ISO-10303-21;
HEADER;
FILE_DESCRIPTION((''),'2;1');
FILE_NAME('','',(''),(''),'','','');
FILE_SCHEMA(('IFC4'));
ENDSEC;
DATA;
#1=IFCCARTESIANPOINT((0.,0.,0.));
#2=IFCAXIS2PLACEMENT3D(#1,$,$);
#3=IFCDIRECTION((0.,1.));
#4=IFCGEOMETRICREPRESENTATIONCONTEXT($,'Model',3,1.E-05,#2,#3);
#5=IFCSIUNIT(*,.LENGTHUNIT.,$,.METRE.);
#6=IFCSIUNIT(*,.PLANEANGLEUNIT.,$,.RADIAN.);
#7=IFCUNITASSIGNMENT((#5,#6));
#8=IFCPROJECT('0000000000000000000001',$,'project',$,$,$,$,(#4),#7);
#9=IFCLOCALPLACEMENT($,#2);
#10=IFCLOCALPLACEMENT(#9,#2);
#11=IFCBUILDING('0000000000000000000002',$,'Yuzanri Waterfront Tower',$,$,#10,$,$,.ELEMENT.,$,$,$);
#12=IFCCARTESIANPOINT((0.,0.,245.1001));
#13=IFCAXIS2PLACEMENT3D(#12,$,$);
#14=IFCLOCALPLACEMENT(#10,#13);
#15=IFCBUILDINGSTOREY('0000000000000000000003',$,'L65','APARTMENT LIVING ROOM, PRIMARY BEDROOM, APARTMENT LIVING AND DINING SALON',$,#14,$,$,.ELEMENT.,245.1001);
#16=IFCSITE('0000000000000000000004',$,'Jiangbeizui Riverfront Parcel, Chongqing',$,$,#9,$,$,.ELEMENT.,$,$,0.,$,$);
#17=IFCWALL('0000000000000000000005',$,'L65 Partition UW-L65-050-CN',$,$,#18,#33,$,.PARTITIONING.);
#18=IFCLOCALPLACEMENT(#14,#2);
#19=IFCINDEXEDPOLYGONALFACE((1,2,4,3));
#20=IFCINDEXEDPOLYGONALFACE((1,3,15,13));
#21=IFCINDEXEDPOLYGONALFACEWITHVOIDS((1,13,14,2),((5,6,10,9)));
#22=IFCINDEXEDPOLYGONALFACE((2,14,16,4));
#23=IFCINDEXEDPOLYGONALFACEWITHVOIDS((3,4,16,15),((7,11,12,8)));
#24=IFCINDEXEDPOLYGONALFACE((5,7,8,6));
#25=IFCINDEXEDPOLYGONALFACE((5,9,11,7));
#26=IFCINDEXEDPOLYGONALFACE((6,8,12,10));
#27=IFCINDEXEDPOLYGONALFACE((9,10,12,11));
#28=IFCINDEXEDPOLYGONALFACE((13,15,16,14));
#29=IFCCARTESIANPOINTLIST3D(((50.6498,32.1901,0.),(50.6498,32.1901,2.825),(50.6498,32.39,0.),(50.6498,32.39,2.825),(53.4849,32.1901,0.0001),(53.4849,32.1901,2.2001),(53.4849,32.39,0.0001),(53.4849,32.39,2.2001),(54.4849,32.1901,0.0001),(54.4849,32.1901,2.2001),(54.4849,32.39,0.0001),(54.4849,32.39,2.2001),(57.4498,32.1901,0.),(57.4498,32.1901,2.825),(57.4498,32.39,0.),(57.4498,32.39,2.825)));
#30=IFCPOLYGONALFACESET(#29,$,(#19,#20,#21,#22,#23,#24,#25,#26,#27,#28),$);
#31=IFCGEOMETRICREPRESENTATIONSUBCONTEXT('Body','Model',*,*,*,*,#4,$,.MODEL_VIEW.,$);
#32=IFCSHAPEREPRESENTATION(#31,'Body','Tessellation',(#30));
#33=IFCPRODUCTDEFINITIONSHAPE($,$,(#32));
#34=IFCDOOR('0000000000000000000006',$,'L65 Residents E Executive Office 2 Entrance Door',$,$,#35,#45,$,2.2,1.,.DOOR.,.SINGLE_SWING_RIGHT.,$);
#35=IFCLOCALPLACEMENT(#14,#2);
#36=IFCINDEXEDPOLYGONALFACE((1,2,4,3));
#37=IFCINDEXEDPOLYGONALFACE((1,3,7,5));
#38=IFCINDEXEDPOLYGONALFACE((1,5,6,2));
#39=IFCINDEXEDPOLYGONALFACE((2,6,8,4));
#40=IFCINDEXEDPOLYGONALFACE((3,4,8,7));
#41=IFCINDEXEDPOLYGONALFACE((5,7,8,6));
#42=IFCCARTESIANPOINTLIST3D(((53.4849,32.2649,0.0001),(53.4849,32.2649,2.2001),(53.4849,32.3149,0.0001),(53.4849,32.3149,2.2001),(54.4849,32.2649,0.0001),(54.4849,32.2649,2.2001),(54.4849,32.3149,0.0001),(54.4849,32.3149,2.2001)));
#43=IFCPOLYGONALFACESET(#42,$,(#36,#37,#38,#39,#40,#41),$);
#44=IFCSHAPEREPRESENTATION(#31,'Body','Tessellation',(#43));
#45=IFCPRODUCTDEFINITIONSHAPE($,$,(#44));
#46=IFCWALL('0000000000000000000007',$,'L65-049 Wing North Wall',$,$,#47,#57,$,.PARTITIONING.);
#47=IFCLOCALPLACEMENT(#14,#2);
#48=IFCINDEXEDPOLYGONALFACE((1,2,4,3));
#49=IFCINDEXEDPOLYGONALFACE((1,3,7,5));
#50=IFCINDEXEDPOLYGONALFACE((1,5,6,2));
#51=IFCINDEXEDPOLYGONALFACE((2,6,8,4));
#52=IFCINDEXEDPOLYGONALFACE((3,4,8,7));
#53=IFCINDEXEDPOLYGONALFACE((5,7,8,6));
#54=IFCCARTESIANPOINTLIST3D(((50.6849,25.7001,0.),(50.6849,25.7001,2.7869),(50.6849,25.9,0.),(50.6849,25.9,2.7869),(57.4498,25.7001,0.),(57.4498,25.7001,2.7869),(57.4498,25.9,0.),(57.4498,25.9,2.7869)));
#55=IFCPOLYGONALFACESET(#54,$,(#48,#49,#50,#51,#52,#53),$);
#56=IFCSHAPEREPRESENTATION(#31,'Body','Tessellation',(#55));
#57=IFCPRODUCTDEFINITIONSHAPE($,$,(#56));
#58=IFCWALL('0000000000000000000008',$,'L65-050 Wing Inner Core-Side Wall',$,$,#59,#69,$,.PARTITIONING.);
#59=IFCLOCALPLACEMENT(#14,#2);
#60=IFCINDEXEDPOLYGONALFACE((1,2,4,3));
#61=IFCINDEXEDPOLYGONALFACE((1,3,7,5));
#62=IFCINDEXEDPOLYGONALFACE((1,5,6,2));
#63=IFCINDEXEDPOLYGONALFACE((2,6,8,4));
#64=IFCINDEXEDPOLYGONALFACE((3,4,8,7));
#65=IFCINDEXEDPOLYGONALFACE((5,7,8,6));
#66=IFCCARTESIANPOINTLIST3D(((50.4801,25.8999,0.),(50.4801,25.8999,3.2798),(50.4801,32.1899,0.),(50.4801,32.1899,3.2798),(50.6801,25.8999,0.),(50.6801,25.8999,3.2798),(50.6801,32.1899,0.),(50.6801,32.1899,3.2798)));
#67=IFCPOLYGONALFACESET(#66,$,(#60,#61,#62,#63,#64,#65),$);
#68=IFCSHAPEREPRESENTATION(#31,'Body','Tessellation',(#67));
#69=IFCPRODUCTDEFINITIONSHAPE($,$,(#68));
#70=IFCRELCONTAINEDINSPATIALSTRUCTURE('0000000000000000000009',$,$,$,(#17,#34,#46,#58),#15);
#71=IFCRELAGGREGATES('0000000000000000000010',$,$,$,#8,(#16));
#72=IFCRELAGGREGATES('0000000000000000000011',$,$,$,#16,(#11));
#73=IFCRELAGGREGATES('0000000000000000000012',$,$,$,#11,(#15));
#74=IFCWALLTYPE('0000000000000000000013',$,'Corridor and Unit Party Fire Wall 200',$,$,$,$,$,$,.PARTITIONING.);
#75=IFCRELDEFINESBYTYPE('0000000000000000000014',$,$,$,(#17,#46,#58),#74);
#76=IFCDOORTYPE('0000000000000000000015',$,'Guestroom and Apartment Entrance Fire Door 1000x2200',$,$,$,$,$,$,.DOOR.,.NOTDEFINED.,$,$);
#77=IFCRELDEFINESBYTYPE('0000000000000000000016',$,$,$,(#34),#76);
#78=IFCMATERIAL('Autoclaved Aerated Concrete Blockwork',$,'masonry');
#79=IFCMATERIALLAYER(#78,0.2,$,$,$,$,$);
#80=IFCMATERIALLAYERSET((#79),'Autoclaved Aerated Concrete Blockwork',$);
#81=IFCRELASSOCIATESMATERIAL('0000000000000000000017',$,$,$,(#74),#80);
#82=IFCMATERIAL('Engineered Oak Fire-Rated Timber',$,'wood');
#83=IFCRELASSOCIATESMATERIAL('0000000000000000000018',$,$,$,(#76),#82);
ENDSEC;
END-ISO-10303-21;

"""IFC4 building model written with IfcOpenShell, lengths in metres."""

from ifc_helpers import new_model, si_unit, direction, frame, frame_2d, origin, place, context, subcontext, project, spatial, rectangle, extrude, source, transform, mapped, material, layer, layer_set, type_object, element, fill, save


model = new_model("IFC4")

# Units and contexts
model_context = context("Model", 3, precision=1e-05, world=origin(), true_north=direction((0.0, 1.0)))
body_context = subcontext(model_context, "Body", "Model", "MODEL_VIEW")
ifc_project = project(units=[si_unit("LENGTHUNIT", "METRE"), si_unit("PLANEANGLEUNIT", "RADIAN")], contexts=[model_context])

# Site, building, storey
site_placement = place(None, origin())
site = spatial("IfcSite", under=ifc_project, at=site_placement, Name="Jiangbeizui Riverfront Parcel, Chongqing", CompositionType="ELEMENT", RefElevation=0.0)
building_placement = place(site_placement, origin())
building = spatial("IfcBuilding", under=site, at=building_placement, Name="Yuzanri Waterfront Tower", CompositionType="ELEMENT")
storey_placement = place(building_placement, frame((0.0, 0.0, 245.1001)))
storey = spatial("IfcBuildingStorey", under=building, at=storey_placement, Name="L65", Description="APARTMENT LIVING ROOM, PRIMARY BEDROOM, APARTMENT LIVING AND DINING SALON", CompositionType="ELEMENT", Elevation=245.1001)

# Wall, opening, door
ifc_material_1 = material(Name="Autoclaved Aerated Concrete Blockwork", Category="masonry")
ifc_layer_1 = layer(ifc_material_1, 0.2)
ifc_layer_set_1 = layer_set([ifc_layer_1], Name="Autoclaved Aerated Concrete Blockwork")
wall_type = type_object("IfcWallType", Name="Corridor and Unit Party Fire Wall 200", PredefinedType="PARTITIONING", material=ifc_layer_set_1)
wall_1_placement = place(storey_placement, frame((50.6499, 32.29, 0.0), z_axis=(0.0, 0.0, 1.0), x_axis=(1.0, 0.0, 0.0)))
wall_1 = element("IfcWall", 1, at=wall_1_placement, inside=storey, type_object=wall_type, Name="L65 Partition UW-L65-050-CN", PredefinedType="PARTITIONING", context=body_context, shape_type="SweptSolid", body=[
    extrude(rectangle(XDim=6.8, YDim=0.2, at=frame_2d((3.3999, 0.0))), origin(), (0.0, 0.0, 1.0), 2.825),
])
opening_placement = place(wall_1_placement, frame((2.835, 0.0, 0.0)))
opening = element("IfcOpeningElement", 2, at=opening_placement, cuts=wall_1, PredefinedType="OPENING", context=body_context, shape_type="SweptSolid", body=[
    extrude(rectangle(XDim=1.0, YDim=2.2, at=frame_2d((0.5, 1.1001))), frame((0.0, 0.1147, 0.0), z_axis=(0.0, -1.0, 0.0), x_axis=(1.0, 0.0, 0.0)), (0.0, 0.0, 1.0), 0.2297),
])
ifc_material_2 = material(Name="Engineered Oak Fire-Rated Timber", Category="wood")
door_type = type_object("IfcDoorType", Name="Guestroom and Apartment Entrance Fire Door 1000x2200", OperationType="NOTDEFINED", PredefinedType="DOOR", material=ifc_material_2)
shared_shape_1 = source(origin(), body_context, "Body", "SweptSolid", [
    extrude(rectangle(XDim=1.0, YDim=2.2, at=frame_2d((0.5, 1.1001))), frame((0.0, 0.0249, 0.0), z_axis=(0.0, -1.0, 0.0), x_axis=(1.0, 0.0, 0.0)), (0.0, 0.0, 1.0), 0.05),
])
door_placement = place(opening_placement, origin())
door = element("IfcDoor", 3, at=door_placement, inside=storey, type_object=door_type, Name="L65 Residents E Executive Office 2 Entrance Door", OperationType="SINGLE_SWING_RIGHT", OverallHeight=2.2, OverallWidth=1.0, PredefinedType="DOOR", context=body_context, shape_type="MappedRepresentation", body=[
    mapped(shared_shape_1, transform((0.0, 0.0, 0.0), scale=1.0)),
])
fill(opening, door)

# Walls
shared_shape_2 = source(origin(), body_context, "Body", "SweptSolid", [
    extrude(rectangle(XDim=6.7649, YDim=0.2, at=frame_2d((3.3823, 0.0))), origin(), (0.0, 0.0, 1.0), 2.7869),
])
wall_2_placement = place(storey_placement, frame((50.6851, 25.8, 0.0), z_axis=(0.0, 0.0, 1.0), x_axis=(1.0, 0.0, 0.0)))
element("IfcWall", 4, at=wall_2_placement, inside=storey, type_object=wall_type, Name="L65-049 Wing North Wall", PredefinedType="PARTITIONING", context=body_context, shape_type="MappedRepresentation", body=[
    mapped(shared_shape_2, transform((0.0, 0.0, 0.0), scale=1.0)),
])
shared_shape_3 = source(origin(), body_context, "Body", "SweptSolid", [
    extrude(rectangle(XDim=6.29, YDim=0.2, at=frame_2d((3.145, 0.0))), origin(), (0.0, 0.0, 1.0), 3.2798),
])
wall_3_placement = place(storey_placement, frame((50.5801, 25.8999, 0.0), z_axis=(0.0, 0.0, 1.0), x_axis=(0.0, 1.0, 0.0)))
element("IfcWall", 5, at=wall_3_placement, inside=storey, type_object=wall_type, Name="L65-050 Wing Inner Core-Side Wall", PredefinedType="PARTITIONING", context=body_context, shape_type="MappedRepresentation", body=[
    mapped(shared_shape_3, transform((0.0, 0.0, 0.0), scale=1.0)),
])

save(model, "model.ifc")
